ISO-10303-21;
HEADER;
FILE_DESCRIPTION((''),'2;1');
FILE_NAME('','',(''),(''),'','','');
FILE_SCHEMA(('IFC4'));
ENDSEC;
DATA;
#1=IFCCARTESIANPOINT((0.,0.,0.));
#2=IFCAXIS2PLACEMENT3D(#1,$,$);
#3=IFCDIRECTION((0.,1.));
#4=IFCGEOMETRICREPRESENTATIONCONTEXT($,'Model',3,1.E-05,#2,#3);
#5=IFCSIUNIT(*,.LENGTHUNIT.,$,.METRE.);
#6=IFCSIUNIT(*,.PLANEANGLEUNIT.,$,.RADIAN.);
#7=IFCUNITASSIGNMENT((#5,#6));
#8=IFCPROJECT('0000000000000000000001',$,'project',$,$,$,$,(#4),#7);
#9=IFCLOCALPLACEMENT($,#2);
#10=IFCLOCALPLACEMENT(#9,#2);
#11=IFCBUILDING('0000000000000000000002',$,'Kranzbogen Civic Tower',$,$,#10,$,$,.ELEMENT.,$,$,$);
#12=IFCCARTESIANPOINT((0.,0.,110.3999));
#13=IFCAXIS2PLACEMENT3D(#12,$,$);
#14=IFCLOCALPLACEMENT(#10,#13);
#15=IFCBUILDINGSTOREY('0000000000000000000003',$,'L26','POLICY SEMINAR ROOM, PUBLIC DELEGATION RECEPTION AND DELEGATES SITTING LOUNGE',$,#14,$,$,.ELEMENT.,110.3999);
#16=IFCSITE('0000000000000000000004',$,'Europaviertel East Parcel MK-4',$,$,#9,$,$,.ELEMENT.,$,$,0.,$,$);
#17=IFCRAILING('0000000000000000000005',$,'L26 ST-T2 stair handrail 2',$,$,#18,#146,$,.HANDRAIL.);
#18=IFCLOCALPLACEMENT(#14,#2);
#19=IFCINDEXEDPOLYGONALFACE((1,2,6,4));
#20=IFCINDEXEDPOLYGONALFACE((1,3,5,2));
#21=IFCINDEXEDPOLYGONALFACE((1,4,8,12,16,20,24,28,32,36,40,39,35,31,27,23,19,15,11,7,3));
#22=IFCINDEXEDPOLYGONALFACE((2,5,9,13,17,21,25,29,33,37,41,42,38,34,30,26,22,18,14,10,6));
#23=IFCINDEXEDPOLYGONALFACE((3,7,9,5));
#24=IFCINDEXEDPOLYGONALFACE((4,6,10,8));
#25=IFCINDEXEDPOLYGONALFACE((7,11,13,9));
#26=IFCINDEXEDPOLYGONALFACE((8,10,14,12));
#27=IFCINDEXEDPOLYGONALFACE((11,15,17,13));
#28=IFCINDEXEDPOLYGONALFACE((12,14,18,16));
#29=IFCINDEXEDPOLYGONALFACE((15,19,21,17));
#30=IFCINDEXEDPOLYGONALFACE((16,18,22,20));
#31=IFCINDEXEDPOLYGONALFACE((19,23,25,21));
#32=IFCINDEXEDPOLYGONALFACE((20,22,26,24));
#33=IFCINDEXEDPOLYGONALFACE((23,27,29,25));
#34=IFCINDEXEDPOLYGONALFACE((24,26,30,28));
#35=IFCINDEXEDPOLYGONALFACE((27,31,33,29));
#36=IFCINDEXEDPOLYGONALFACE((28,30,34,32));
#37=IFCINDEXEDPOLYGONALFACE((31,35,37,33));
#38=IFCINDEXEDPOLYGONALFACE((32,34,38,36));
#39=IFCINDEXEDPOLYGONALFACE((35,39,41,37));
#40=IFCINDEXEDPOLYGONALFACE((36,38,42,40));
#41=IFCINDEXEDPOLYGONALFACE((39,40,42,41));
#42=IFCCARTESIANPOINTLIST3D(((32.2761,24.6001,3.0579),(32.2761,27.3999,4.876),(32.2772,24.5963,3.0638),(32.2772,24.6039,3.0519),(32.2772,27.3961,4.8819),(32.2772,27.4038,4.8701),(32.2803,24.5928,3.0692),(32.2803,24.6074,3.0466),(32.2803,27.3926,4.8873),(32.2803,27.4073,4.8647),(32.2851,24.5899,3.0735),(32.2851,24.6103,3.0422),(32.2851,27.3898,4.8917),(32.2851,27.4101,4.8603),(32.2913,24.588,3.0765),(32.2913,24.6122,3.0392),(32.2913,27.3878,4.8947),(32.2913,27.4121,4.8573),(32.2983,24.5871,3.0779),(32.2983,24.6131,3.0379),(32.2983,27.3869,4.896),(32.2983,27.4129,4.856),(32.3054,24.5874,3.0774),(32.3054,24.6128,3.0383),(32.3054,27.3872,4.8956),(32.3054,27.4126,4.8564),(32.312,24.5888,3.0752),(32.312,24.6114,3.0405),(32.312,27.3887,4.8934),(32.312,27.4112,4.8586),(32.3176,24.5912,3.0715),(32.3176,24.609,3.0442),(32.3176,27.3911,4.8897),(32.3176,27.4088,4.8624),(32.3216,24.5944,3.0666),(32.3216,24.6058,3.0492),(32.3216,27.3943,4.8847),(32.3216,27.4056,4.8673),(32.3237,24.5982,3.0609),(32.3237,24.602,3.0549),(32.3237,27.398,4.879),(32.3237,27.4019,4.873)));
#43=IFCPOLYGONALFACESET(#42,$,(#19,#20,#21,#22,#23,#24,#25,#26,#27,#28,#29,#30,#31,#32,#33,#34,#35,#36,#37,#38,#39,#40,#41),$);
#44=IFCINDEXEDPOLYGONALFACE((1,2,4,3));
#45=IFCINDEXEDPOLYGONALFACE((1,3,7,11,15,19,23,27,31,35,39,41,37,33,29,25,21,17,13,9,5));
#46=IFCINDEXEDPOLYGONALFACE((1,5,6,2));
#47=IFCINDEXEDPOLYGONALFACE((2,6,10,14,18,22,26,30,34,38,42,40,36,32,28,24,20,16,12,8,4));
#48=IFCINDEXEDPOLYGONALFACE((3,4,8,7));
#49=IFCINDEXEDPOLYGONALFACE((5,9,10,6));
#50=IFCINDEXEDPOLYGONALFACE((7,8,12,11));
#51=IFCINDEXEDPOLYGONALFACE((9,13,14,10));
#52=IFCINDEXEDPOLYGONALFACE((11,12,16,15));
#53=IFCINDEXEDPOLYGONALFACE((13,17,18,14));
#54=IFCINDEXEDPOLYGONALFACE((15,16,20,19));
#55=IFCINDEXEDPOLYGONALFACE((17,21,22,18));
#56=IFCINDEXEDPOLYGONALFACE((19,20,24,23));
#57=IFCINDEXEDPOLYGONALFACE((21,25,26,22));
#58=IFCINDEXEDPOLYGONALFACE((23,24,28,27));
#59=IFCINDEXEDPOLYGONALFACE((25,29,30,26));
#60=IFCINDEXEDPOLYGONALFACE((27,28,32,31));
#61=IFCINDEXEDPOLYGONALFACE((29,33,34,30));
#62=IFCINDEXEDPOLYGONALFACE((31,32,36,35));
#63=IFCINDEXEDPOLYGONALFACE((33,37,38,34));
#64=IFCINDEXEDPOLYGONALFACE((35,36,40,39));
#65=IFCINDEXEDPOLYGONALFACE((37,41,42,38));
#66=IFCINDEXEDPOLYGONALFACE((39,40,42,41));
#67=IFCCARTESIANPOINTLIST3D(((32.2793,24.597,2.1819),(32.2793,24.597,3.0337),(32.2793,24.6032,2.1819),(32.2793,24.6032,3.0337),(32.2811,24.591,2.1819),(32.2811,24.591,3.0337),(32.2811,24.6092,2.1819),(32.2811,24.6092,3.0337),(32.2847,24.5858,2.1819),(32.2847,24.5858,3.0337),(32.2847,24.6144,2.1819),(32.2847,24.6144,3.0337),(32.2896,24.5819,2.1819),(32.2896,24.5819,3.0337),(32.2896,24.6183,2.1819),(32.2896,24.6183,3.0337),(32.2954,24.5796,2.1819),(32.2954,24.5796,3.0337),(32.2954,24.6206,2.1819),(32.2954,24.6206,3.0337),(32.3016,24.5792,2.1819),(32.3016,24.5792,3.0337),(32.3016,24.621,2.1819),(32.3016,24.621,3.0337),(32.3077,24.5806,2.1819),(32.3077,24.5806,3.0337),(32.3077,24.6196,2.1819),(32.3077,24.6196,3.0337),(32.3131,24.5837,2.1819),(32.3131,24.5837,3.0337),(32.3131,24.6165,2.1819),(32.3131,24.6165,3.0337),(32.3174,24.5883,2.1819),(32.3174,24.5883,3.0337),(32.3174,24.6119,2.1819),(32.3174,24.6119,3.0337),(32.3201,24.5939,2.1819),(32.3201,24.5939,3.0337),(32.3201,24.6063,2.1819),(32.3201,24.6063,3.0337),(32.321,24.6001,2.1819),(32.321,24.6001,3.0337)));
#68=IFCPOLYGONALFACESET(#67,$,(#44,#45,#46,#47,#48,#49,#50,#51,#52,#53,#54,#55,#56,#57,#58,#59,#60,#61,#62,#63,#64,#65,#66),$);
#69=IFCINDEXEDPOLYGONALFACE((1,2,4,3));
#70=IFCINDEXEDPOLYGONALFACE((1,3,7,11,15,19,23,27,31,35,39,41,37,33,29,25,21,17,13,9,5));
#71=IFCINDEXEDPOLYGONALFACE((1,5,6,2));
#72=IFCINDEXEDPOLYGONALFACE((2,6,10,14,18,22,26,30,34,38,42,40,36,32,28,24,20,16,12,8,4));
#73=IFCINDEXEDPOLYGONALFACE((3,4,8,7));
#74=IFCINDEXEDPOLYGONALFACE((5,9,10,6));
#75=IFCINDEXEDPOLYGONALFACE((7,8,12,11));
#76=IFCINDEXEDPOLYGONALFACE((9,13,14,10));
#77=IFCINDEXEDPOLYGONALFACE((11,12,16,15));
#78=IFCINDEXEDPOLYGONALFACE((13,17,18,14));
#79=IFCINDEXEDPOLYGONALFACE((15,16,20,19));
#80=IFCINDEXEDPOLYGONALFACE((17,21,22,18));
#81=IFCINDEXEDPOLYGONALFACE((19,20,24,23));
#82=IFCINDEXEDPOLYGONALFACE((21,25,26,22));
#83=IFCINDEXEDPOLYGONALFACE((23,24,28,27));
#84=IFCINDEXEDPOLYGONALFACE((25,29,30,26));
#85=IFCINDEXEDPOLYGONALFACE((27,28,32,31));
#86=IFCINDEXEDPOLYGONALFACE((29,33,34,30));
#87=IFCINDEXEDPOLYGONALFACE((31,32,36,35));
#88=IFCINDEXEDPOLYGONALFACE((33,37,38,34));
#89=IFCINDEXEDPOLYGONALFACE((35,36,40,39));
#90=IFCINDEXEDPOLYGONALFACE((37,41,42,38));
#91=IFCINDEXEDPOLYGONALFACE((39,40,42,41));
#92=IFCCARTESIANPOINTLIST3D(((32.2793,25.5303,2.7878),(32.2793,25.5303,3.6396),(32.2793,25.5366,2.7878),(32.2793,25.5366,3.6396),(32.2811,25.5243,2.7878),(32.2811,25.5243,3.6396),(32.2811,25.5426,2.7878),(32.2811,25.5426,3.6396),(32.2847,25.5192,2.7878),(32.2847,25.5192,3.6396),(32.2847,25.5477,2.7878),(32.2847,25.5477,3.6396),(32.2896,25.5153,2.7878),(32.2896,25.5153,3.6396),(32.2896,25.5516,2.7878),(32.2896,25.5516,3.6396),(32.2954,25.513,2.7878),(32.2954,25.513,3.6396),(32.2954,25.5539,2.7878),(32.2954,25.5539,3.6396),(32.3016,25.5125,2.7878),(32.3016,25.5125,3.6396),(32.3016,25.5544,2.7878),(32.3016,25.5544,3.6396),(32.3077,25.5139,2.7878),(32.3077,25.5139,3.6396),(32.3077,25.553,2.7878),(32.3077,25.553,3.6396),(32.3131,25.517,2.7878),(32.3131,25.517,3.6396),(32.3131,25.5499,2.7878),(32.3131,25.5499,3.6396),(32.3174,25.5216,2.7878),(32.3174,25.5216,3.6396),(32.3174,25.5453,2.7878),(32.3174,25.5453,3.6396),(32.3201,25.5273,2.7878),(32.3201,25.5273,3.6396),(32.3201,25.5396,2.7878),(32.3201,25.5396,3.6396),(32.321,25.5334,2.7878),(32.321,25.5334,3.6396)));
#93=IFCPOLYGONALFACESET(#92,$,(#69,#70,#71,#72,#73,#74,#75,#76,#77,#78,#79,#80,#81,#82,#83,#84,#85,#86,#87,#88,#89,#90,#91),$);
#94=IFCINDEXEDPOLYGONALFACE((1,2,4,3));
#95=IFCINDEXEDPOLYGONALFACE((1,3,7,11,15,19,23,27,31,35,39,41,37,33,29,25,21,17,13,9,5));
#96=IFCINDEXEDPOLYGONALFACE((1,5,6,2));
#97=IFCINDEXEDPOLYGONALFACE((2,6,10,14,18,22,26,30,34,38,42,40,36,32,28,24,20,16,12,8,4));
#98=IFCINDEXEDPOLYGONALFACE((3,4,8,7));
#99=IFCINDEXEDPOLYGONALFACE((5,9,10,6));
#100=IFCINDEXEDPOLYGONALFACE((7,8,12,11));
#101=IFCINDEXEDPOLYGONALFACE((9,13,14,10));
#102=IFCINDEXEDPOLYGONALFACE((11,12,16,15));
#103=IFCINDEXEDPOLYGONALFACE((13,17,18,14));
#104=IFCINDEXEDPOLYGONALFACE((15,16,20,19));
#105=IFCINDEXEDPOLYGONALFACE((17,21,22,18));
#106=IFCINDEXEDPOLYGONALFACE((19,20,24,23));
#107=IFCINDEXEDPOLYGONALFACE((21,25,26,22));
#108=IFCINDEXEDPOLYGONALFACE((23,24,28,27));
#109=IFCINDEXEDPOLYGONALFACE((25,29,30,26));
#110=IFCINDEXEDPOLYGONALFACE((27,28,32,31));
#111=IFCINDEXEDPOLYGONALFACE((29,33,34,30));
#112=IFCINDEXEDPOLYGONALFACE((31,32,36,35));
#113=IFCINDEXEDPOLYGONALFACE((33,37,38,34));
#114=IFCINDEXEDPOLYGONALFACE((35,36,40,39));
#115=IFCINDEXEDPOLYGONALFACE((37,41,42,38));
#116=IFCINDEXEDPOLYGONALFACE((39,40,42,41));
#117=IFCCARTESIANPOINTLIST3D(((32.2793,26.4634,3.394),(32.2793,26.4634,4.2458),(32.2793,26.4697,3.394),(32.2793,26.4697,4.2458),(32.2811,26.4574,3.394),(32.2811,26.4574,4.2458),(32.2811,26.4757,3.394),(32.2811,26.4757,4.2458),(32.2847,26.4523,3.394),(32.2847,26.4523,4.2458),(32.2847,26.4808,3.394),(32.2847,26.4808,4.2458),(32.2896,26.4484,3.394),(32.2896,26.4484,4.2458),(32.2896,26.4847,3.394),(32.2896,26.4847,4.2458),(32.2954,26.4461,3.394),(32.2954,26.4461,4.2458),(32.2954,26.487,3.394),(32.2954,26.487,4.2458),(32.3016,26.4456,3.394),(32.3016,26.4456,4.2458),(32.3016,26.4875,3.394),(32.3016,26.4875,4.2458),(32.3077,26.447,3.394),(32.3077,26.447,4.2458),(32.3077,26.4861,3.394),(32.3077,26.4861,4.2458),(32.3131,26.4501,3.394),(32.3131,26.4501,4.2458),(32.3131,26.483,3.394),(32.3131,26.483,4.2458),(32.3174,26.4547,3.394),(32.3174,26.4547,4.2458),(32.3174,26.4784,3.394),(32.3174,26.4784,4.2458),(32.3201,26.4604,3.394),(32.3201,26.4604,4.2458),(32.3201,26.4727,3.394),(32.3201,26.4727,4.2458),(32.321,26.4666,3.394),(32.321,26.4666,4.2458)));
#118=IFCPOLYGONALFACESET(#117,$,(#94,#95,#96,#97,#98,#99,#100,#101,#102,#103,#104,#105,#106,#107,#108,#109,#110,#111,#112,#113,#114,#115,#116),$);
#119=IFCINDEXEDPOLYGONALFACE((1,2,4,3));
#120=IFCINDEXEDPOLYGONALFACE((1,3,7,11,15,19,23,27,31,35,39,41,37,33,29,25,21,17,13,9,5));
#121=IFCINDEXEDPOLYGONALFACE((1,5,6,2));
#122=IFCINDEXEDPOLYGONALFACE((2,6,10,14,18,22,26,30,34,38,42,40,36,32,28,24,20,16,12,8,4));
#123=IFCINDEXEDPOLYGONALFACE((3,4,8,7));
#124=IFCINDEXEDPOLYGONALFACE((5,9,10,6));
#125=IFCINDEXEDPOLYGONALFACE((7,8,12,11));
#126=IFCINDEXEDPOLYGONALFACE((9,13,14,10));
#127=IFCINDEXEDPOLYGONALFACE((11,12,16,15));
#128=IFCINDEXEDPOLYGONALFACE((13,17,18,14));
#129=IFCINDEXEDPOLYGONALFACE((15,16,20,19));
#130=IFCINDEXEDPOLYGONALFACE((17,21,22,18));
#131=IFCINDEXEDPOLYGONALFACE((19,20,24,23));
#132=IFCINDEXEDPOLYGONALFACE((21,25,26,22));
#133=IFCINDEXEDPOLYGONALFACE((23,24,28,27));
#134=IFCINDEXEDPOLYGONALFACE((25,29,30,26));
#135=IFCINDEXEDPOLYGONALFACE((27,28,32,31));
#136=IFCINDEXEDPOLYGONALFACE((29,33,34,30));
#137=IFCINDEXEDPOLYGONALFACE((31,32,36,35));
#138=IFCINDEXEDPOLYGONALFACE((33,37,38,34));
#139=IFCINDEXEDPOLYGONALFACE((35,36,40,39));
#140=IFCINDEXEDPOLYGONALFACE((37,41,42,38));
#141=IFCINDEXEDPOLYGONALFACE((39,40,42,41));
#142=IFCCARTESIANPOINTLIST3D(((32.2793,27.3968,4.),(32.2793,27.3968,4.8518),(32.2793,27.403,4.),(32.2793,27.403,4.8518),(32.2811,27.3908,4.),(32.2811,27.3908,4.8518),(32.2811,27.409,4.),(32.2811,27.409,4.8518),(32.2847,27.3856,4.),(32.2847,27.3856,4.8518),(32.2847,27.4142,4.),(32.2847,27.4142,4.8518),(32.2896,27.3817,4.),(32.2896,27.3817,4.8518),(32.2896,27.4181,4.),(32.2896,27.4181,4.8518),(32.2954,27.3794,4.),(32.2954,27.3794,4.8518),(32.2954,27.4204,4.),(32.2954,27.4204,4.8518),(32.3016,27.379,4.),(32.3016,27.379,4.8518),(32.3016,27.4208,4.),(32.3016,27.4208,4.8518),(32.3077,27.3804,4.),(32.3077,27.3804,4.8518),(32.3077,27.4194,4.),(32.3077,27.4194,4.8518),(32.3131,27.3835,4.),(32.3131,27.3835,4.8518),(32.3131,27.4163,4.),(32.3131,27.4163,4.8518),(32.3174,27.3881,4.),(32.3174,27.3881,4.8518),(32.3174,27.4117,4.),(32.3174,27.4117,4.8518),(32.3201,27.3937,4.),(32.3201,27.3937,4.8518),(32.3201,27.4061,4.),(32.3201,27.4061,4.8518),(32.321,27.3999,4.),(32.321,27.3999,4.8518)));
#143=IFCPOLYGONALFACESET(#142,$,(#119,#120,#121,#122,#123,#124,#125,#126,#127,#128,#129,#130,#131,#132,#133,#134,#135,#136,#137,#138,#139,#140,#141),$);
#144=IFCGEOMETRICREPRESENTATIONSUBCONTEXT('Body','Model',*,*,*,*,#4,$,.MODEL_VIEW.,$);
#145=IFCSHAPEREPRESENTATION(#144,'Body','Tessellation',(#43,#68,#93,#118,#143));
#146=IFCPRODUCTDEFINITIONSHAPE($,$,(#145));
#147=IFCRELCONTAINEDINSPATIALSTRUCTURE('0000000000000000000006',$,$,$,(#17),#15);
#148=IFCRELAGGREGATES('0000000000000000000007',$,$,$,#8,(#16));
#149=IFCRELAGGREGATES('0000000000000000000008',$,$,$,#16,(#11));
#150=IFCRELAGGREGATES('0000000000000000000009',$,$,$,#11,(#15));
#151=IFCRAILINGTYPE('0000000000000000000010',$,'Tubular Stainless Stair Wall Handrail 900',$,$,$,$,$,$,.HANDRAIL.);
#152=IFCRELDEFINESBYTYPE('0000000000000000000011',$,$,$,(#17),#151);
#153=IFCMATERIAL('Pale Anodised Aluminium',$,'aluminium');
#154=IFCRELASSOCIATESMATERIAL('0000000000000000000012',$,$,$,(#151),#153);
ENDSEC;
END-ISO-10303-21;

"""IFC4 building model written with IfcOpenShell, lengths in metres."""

from ifc_helpers import new_model, si_unit, direction, frame, origin, origin_2d, place, context, subcontext, project, spatial, circle, extrude, material, type_object, element, save


model = new_model("IFC4")

# Units and contexts
model_context = context("Model", 3, precision=1e-05, world=origin(), true_north=direction((0.0, 1.0)))
body_context = subcontext(model_context, "Body", "Model", "MODEL_VIEW")
ifc_project = project(units=[si_unit("LENGTHUNIT", "METRE"), si_unit("PLANEANGLEUNIT", "RADIAN")], contexts=[model_context])

# Site, building, storey
site_placement = place(None, origin())
site = spatial("IfcSite", under=ifc_project, at=site_placement, Name="Europaviertel East Parcel MK-4", CompositionType="ELEMENT", RefElevation=0.0)
building_placement = place(site_placement, origin())
building = spatial("IfcBuilding", under=site, at=building_placement, Name="Kranzbogen Civic Tower", CompositionType="ELEMENT")
storey_placement = place(building_placement, frame((0.0, 0.0, 110.3999)))
storey = spatial("IfcBuildingStorey", under=building, at=storey_placement, Name="L26", Description="POLICY SEMINAR ROOM, PUBLIC DELEGATION RECEPTION AND DELEGATES SITTING LOUNGE", CompositionType="ELEMENT", Elevation=110.3999)

# Shared definitions
ifc_material_1 = material(Name="Pale Anodised Aluminium", Category="aluminium")

# Railing
railing_type_1 = type_object("IfcRailingType", Name="Tubular Stainless Stair Wall Handrail 900", PredefinedType="HANDRAIL", material=ifc_material_1)
railing_1_placement = place(storey_placement, frame((32.3, 24.6001, 2.1819)))
element("IfcRailing", 1, at=railing_1_placement, inside=storey, type_object=railing_type_1, Name="L26 ST-T2 stair handrail 2", PredefinedType="HANDRAIL", context=body_context, shape_type="SweptSolid", body=[
    extrude(circle(Radius=0.0239, at=origin_2d()), frame((0.0, 0.0, 0.876), z_axis=(0.0, 0.838684, 0.544618), x_axis=(-1.0, 0.0, 0.0)), (0.0, 0.0, 1.0), 3.3384),
    extrude(circle(Radius=0.021, at=origin_2d()), origin(), (0.0, 0.0, 1.0), 0.8518),
    extrude(circle(Radius=0.021, at=origin_2d()), frame((0.0, 0.9333, 0.606)), (0.0, 0.0, 1.0), 0.8518),
    extrude(circle(Radius=0.021, at=origin_2d()), frame((0.0, 1.8665, 1.2122)), (0.0, 0.0, 1.0), 0.8518),
    extrude(circle(Radius=0.021, at=origin_2d()), frame((0.0, 2.7998, 1.8181)), (0.0, 0.0, 1.0), 0.8518),
])

save(model, "model.ifc")
